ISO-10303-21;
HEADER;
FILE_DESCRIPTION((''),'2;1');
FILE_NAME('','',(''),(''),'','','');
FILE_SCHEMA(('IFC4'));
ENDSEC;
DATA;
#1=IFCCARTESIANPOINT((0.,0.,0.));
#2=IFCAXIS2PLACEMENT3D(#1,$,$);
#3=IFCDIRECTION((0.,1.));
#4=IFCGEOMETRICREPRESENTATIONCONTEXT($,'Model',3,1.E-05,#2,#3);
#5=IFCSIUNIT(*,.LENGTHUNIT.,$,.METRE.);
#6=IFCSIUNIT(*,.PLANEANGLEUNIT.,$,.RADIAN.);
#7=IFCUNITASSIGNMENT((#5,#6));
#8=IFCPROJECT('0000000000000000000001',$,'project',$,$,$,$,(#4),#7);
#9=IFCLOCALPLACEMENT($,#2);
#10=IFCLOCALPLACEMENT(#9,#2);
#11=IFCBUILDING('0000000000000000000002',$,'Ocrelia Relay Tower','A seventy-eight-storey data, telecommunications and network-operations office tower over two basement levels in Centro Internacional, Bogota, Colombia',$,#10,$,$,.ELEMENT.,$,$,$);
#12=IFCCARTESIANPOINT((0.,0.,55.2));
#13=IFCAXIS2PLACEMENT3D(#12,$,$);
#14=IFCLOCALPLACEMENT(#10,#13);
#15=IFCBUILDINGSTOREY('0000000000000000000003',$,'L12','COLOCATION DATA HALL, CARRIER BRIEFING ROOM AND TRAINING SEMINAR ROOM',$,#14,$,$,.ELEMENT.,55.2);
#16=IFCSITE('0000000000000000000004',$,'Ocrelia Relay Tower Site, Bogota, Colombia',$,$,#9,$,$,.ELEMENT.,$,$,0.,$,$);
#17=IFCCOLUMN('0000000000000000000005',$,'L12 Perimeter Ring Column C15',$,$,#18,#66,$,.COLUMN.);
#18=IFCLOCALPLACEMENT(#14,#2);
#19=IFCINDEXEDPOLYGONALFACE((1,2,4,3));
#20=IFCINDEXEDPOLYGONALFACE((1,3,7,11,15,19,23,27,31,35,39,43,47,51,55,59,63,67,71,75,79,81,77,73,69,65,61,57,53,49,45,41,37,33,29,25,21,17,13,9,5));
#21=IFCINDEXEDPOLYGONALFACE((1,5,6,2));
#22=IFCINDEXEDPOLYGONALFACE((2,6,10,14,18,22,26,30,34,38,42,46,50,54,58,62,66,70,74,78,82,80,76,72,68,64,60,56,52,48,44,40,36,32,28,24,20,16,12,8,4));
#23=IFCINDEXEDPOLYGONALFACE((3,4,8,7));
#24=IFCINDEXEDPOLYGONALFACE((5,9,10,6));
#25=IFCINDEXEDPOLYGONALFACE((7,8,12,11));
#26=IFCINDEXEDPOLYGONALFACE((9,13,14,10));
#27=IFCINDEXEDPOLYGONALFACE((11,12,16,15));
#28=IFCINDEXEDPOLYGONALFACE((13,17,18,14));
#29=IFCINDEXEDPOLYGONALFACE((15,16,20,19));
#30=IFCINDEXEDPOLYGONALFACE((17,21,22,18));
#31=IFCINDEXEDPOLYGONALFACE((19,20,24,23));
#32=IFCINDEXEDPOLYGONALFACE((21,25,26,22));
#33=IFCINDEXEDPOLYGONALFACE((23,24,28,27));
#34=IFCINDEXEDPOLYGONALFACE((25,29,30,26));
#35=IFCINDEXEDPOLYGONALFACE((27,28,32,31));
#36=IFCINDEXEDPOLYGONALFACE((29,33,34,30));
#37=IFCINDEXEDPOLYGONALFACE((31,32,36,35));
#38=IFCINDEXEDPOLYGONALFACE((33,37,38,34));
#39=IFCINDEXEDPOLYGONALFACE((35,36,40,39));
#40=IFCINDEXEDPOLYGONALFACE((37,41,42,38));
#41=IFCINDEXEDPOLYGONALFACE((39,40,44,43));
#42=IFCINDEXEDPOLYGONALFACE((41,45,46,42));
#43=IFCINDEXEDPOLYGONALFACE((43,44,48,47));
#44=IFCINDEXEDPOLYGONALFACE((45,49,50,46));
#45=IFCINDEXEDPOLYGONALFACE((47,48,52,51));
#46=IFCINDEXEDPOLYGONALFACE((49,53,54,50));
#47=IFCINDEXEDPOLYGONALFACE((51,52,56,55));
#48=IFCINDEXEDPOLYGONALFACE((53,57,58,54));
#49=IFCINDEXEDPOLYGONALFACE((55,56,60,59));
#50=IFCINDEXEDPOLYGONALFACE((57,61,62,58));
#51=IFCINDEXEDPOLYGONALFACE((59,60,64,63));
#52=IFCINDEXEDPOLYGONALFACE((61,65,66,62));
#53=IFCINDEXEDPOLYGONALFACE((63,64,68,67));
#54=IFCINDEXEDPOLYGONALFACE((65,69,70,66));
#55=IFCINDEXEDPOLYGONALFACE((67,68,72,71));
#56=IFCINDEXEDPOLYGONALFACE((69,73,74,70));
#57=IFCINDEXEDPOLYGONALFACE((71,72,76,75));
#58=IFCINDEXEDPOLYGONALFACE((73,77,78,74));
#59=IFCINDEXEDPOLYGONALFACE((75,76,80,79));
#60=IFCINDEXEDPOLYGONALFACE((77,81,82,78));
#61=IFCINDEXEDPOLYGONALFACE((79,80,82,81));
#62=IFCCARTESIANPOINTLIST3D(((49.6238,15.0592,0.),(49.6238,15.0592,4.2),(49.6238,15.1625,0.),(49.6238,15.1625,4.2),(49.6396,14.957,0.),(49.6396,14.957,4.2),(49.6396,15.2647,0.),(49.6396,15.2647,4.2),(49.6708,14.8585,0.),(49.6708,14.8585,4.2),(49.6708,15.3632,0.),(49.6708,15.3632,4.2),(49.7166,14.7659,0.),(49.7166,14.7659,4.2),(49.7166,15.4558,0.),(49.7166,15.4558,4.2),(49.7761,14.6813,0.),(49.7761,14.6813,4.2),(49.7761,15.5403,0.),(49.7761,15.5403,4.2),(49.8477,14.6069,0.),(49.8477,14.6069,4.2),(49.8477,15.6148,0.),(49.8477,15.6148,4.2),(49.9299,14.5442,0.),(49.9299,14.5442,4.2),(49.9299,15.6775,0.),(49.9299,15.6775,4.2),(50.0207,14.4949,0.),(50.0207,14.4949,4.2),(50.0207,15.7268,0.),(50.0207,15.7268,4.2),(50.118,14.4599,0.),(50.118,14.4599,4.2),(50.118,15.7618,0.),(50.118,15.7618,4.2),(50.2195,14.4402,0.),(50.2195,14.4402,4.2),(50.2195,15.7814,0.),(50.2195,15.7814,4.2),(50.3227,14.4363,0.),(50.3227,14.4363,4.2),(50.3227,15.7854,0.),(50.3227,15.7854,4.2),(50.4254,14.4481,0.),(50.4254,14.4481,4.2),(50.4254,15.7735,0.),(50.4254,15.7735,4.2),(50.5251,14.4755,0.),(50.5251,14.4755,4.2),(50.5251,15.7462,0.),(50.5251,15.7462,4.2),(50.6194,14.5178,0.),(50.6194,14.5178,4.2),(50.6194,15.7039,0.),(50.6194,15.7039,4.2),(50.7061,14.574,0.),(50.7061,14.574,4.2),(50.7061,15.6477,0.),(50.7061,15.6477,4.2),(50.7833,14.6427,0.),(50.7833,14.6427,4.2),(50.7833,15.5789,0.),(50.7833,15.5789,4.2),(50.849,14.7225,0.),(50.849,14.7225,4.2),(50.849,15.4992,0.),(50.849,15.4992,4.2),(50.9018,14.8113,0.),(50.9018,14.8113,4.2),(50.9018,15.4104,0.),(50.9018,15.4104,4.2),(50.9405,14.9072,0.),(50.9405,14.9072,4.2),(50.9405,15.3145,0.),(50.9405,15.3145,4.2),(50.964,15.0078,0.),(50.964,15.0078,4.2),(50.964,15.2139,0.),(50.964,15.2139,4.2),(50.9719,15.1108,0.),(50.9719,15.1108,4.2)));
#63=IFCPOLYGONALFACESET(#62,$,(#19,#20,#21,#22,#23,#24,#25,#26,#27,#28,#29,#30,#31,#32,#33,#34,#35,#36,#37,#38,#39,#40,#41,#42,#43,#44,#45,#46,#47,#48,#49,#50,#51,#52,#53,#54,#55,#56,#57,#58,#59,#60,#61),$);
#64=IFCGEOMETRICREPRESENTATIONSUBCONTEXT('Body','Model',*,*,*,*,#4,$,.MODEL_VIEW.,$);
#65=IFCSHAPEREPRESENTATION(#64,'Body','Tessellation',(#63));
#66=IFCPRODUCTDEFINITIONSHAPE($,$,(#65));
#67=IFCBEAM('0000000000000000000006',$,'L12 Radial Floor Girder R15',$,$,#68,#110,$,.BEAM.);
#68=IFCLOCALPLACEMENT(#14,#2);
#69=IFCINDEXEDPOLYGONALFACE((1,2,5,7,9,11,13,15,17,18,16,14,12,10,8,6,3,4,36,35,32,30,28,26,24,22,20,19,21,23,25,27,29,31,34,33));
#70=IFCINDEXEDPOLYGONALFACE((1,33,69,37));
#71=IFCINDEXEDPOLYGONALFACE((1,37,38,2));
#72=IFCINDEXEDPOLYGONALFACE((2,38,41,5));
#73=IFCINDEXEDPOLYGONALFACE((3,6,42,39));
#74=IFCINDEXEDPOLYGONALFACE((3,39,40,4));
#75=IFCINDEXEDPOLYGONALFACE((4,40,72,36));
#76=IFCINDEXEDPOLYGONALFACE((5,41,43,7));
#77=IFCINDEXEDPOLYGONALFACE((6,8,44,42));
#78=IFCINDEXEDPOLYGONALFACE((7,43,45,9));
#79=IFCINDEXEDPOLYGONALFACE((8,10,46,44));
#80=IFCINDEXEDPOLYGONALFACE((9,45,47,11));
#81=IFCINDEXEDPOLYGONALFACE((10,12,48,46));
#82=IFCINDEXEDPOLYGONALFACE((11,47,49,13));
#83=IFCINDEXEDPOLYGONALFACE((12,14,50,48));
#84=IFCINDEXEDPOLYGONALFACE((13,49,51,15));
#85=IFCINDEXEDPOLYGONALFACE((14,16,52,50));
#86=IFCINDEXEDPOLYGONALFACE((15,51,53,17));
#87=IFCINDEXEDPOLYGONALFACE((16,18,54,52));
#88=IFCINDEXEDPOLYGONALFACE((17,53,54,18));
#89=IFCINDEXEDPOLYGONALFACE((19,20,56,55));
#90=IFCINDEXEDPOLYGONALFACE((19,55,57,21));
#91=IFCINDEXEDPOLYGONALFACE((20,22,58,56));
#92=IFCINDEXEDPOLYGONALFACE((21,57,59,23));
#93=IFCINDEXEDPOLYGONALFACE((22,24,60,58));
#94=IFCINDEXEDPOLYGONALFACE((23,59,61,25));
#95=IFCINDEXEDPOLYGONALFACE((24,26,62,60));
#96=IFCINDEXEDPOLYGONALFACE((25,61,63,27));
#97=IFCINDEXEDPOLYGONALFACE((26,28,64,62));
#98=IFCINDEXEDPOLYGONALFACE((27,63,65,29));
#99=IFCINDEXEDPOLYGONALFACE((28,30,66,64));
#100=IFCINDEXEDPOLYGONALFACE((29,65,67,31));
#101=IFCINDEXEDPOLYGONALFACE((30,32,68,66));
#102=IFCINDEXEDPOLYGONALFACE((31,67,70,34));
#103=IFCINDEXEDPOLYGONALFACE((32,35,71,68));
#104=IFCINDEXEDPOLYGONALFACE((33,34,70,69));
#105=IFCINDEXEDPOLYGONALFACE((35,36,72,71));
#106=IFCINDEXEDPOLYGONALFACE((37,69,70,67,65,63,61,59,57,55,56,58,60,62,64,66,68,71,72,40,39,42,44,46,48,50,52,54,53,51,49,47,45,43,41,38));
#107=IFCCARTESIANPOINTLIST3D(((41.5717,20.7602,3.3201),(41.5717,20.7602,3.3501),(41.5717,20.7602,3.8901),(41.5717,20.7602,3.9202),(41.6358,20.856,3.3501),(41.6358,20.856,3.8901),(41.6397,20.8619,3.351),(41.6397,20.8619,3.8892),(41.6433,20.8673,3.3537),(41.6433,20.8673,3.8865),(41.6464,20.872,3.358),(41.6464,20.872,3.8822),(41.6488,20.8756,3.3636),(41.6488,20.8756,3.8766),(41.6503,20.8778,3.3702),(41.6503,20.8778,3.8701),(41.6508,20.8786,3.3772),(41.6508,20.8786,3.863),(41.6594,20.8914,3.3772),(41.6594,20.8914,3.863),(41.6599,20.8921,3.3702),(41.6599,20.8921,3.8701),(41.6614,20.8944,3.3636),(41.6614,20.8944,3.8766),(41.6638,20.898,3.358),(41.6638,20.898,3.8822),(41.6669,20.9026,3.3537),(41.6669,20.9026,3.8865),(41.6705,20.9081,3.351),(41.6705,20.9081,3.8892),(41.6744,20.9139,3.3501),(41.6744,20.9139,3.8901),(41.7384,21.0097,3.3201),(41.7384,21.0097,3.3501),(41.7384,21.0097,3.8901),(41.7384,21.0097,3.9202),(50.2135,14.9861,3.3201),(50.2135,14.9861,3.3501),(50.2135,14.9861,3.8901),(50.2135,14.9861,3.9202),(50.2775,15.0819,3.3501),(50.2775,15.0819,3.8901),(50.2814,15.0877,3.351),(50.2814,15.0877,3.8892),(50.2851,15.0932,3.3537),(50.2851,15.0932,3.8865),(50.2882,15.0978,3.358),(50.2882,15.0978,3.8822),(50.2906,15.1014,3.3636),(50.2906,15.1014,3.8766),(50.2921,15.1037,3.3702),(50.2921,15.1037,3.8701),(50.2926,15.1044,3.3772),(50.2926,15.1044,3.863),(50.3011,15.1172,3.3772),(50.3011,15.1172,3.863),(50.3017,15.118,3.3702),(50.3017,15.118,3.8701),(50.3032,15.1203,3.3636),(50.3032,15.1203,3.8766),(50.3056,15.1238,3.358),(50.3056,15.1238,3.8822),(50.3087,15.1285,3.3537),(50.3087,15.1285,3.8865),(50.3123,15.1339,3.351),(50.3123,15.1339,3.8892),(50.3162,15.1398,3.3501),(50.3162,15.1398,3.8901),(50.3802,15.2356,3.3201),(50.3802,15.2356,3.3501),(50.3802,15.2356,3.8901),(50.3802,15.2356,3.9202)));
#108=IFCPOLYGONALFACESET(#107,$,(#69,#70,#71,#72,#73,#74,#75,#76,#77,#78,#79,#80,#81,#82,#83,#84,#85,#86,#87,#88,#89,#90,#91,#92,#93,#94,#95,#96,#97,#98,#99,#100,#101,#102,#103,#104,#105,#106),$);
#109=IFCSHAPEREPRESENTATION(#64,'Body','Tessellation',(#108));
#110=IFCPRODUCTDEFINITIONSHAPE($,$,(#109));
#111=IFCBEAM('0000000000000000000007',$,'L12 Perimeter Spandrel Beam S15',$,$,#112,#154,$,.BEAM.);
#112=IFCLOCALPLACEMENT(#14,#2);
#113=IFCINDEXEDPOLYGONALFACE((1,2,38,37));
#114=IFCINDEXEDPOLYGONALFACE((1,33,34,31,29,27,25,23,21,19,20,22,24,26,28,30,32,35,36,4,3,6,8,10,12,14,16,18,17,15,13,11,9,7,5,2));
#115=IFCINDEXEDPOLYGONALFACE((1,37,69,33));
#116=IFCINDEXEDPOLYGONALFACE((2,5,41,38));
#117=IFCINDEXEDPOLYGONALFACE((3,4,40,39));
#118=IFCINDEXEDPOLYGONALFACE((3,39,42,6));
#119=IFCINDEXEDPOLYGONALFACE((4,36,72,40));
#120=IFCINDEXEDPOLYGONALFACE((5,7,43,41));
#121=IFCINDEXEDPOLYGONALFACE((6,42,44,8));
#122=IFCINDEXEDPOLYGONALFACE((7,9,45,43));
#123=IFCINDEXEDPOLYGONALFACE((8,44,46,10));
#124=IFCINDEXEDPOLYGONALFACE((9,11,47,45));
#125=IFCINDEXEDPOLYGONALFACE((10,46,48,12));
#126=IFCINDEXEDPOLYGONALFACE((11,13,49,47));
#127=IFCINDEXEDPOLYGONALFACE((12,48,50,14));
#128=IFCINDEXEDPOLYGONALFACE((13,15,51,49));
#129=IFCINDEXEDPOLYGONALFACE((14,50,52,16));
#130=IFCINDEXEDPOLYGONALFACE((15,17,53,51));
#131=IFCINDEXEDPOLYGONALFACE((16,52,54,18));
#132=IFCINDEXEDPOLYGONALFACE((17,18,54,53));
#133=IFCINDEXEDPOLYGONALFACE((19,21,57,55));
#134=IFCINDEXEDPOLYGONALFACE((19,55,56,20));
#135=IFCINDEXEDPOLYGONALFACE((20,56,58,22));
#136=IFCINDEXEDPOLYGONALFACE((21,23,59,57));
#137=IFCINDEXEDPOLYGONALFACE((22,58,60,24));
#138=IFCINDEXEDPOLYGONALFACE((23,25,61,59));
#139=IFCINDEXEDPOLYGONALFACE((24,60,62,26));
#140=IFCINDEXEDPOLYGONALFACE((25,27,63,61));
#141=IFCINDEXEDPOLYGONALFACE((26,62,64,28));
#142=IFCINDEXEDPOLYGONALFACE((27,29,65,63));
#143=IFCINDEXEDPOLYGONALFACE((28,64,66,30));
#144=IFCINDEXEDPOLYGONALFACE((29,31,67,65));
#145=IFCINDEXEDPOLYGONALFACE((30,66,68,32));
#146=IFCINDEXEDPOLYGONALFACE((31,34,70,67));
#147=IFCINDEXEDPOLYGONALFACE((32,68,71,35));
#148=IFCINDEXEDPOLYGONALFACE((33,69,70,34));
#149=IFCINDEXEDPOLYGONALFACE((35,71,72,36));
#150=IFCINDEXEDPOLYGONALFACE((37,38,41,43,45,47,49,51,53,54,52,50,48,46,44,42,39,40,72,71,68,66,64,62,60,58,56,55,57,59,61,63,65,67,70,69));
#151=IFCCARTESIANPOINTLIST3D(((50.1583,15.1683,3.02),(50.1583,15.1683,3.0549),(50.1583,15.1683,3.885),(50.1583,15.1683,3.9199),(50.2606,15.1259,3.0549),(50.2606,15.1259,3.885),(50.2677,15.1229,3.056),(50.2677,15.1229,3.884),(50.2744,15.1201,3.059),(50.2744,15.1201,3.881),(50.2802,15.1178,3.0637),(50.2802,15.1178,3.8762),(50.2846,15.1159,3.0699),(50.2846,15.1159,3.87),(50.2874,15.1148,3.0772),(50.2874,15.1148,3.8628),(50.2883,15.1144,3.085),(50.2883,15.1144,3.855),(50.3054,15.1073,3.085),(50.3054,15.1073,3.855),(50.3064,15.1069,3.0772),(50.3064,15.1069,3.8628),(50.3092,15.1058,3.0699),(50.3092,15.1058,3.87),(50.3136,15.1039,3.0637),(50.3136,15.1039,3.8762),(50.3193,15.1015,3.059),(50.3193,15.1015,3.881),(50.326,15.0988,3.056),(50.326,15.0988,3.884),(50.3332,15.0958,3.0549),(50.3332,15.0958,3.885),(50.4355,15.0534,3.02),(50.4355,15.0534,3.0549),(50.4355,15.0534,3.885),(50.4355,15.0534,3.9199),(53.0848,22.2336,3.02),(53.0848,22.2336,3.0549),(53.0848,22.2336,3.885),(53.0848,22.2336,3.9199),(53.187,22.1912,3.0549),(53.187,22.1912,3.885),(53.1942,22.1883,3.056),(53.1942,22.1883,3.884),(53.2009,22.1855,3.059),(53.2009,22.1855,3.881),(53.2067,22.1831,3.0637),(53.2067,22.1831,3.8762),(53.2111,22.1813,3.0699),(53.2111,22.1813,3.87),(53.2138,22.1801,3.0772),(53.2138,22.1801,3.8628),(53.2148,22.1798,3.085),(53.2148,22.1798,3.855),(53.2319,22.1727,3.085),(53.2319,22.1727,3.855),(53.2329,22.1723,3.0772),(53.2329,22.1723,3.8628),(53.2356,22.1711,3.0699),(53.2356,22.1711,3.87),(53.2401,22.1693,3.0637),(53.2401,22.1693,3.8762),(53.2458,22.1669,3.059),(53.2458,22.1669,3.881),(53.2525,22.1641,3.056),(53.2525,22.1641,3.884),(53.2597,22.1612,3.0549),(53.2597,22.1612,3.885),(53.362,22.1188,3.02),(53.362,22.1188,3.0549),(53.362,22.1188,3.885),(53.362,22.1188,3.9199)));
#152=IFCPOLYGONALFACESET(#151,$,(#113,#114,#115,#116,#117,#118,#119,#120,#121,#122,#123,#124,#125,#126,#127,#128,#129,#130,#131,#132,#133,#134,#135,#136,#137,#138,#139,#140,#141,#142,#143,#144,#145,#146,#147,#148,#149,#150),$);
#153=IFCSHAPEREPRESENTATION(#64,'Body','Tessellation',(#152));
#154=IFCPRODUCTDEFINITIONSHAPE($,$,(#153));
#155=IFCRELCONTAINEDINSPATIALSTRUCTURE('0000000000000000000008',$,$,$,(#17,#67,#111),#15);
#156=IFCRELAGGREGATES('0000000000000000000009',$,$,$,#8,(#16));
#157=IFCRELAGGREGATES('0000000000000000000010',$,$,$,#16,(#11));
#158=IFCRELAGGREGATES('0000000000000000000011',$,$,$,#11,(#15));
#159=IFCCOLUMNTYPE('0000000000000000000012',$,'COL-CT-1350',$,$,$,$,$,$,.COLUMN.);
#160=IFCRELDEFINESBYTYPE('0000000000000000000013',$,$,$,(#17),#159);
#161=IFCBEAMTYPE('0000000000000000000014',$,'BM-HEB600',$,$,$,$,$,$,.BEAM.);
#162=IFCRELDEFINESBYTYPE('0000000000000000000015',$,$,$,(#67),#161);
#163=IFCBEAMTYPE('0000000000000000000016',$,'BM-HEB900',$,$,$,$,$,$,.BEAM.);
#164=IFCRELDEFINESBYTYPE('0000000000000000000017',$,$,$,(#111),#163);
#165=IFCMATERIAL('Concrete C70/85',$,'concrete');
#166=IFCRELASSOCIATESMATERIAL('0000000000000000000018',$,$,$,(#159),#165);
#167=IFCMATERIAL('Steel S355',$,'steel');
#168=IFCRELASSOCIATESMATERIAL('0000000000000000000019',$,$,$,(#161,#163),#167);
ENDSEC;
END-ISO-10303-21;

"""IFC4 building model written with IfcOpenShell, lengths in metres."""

from ifc_helpers import new_model, si_unit, direction, frame, origin, origin_2d, place, context, subcontext, project, spatial, circle, i_section, extrude, material, material_profile, profile_set, type_object, element, save


model = new_model("IFC4")

# Units and contexts
model_context = context("Model", 3, precision=1e-05, world=origin(), true_north=direction((0.0, 1.0)))
body_context = subcontext(model_context, "Body", "Model", "MODEL_VIEW")
ifc_project = project(units=[si_unit("LENGTHUNIT", "METRE"), si_unit("PLANEANGLEUNIT", "RADIAN")], contexts=[model_context])

# Site, building, storey
site_placement = place(None, origin())
site = spatial("IfcSite", under=ifc_project, at=site_placement, Name="Ocrelia Relay Tower Site, Bogota, Colombia", CompositionType="ELEMENT", RefElevation=0.0)
building_placement = place(site_placement, origin())
building = spatial("IfcBuilding", under=site, at=building_placement, Name="Ocrelia Relay Tower", Description="A seventy-eight-storey data, telecommunications and network-operations office tower over two basement levels in Centro Internacional, Bogota, Colombia", CompositionType="ELEMENT")
storey_placement = place(building_placement, frame((0.0, 0.0, 55.2)))
storey = spatial("IfcBuildingStorey", under=building, at=storey_placement, Name="L12", Description="COLOCATION DATA HALL, CARRIER BRIEFING ROOM AND TRAINING SEMINAR ROOM", CompositionType="ELEMENT", Elevation=55.2)

# Column
ifc_material_1 = material(Name="Concrete C70/85", Category="concrete")
ifc_material_profile_1 = material_profile(ifc_material_1, circle(Radius=0.675, at=origin_2d()), Name="RC-CIR-1350")
ifc_profile_set_1 = profile_set([ifc_material_profile_1], Name="Concrete C70/85")
column_type = type_object("IfcColumnType", Name="COL-CT-1350", PredefinedType="COLUMN", material=ifc_profile_set_1)
column_placement = place(storey_placement, frame((50.2969, 15.1108, 0.0), z_axis=(0.0, 0.0, 1.0), x_axis=(1.0, 0.0, 0.0)))
element("IfcColumn", 1, at=column_placement, inside=storey, type_object=column_type, Name="L12 Perimeter Ring Column C15", PredefinedType="COLUMN", context=body_context, shape_type="SweptSolid", body=[
    extrude(circle(Radius=0.675, at=origin_2d()), origin(), (0.0, 0.0, 1.0), 4.2),
])

# Beams
ifc_material_2 = material(Name="Steel S355", Category="steel")
ifc_material_profile_2 = material_profile(ifc_material_2, i_section(OverallWidth=0.3, OverallDepth=0.6001, WebThickness=0.0154, FlangeThickness=0.03, FilletRadius=0.0271, at=origin_2d()), Name="HEB 600")
ifc_profile_set_2 = profile_set([ifc_material_profile_2], Name="Steel S355")
beam_type_1 = type_object("IfcBeamType", Name="BM-HEB600", PredefinedType="BEAM", material=ifc_profile_set_2)
beam_1_placement = place(storey_placement, frame((50.2969, 15.1108, 3.6201), z_axis=(-0.831475, 0.555562, 0.0), x_axis=(-0.555562, -0.831475, 0.0)))
element("IfcBeam", 2, at=beam_1_placement, inside=storey, type_object=beam_type_1, Name="L12 Radial Floor Girder R15", PredefinedType="BEAM", context=body_context, shape_type="SweptSolid", body=[
    extrude(i_section(OverallWidth=0.3, OverallDepth=0.6001, WebThickness=0.0154, FlangeThickness=0.03, FilletRadius=0.0271, at=origin_2d()), origin(), (0.0, 0.0, 1.0), 10.3933),
])
ifc_material_profile_3 = material_profile(ifc_material_2, i_section(OverallWidth=0.3, OverallDepth=0.8999, WebThickness=0.0186, FlangeThickness=0.0349, FilletRadius=0.03, at=origin_2d()), Name="HEB 900")
ifc_profile_set_3 = profile_set([ifc_material_profile_3], Name="Steel S355")
beam_type_2 = type_object("IfcBeamType", Name="BM-HEB900", PredefinedType="BEAM", material=ifc_profile_set_3)
beam_2_placement = place(storey_placement, frame((50.2969, 15.1108, 3.47), z_axis=(0.382674, 0.923883, 0.0), x_axis=(-0.923883, 0.382674, 0.0)))
element("IfcBeam", 3, at=beam_2_placement, inside=storey, type_object=beam_type_2, Name="L12 Perimeter Spandrel Beam S15", PredefinedType="BEAM", context=body_context, shape_type="SweptSolid", body=[
    extrude(i_section(OverallWidth=0.3, OverallDepth=0.8999, WebThickness=0.0186, FlangeThickness=0.0349, FilletRadius=0.03, at=origin_2d()), origin(), (0.0, 0.0, 1.0), 7.6475),
])

save(model, "model.ifc")
